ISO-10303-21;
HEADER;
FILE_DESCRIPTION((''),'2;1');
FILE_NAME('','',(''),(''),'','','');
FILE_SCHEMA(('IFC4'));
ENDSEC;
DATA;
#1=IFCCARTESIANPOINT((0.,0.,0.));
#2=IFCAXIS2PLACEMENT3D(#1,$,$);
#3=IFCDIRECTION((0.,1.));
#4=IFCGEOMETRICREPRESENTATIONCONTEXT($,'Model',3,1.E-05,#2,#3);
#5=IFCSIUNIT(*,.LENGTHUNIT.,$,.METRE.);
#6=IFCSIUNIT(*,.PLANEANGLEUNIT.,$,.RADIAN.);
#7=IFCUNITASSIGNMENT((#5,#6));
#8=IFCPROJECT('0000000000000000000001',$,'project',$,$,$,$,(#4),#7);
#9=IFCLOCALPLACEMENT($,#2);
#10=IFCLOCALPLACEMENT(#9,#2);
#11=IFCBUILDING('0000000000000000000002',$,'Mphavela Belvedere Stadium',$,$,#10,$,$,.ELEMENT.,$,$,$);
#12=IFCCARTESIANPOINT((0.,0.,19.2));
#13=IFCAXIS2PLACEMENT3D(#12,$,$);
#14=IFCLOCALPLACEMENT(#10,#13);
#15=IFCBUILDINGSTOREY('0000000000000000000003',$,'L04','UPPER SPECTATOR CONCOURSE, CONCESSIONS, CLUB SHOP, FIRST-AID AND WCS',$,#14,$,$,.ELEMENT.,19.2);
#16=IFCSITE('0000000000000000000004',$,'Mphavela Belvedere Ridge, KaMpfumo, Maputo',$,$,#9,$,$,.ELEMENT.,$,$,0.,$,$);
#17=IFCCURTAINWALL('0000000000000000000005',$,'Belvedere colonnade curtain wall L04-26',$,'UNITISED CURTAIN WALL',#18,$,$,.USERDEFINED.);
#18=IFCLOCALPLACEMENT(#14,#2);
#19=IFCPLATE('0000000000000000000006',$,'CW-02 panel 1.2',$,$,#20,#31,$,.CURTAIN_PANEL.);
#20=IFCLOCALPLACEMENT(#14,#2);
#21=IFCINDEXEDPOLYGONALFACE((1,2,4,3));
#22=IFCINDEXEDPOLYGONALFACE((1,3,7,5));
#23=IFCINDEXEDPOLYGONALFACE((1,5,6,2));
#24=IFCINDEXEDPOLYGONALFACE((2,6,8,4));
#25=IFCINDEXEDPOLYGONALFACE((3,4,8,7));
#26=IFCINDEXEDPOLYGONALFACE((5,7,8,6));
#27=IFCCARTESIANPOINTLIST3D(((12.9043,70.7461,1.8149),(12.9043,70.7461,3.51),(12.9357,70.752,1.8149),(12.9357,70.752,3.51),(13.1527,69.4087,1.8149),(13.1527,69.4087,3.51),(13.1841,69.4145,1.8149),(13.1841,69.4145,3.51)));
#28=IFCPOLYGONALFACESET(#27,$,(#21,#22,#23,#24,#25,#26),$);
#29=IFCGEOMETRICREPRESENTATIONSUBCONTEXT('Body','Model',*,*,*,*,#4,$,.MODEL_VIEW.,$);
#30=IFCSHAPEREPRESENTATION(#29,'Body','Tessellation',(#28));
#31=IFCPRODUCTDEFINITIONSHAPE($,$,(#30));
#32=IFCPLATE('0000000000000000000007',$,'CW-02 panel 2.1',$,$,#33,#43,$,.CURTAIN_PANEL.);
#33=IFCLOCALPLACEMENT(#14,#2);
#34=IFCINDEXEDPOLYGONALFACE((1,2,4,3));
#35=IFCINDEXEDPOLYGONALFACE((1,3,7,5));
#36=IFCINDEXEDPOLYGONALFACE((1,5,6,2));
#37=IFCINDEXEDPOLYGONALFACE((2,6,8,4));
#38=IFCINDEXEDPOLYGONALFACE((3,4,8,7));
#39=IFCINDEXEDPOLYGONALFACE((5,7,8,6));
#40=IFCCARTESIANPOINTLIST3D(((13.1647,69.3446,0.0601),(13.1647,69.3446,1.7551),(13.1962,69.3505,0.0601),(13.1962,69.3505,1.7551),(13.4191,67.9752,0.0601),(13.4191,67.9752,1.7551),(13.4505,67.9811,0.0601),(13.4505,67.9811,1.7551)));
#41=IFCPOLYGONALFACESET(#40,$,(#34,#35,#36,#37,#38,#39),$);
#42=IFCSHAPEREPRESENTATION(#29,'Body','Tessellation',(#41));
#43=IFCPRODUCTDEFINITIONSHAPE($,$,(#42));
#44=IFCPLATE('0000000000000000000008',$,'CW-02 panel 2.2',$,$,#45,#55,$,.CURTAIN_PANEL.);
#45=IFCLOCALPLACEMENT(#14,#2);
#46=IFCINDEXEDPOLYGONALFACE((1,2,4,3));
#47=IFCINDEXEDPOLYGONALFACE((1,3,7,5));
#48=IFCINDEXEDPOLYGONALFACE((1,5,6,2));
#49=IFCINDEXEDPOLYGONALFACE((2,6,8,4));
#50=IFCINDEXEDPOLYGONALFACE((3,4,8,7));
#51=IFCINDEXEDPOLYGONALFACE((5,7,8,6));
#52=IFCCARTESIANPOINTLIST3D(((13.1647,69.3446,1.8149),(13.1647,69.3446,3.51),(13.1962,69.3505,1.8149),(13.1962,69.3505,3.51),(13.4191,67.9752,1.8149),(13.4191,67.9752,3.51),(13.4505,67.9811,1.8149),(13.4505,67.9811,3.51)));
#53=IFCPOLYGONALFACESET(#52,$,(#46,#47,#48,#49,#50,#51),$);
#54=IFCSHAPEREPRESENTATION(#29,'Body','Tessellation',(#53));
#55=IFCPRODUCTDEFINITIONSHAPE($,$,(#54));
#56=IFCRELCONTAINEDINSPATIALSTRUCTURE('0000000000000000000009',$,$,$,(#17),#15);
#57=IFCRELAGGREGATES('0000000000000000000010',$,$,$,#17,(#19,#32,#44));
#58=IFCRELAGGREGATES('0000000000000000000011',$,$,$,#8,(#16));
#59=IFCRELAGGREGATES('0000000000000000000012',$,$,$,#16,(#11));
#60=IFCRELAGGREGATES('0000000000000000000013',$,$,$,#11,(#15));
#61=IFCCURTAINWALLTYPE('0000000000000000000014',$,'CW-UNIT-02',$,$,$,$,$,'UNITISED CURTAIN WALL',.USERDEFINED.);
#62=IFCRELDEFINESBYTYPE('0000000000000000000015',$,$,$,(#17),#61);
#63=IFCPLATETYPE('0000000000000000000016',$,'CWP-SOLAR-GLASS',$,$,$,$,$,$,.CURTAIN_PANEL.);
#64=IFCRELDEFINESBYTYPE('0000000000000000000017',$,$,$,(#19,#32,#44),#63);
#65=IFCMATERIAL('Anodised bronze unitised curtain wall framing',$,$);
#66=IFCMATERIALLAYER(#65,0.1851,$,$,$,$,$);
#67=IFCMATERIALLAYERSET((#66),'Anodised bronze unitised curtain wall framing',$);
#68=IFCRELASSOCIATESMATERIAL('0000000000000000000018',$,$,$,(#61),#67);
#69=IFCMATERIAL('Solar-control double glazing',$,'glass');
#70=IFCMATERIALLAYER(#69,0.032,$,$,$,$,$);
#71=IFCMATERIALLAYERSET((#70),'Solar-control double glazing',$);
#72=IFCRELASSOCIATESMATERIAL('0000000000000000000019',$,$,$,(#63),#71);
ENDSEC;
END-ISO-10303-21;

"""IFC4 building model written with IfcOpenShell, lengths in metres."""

from ifc_helpers import new_model, si_unit, direction, frame, origin, origin_2d, place, context, subcontext, project, spatial, rectangle, extrude, material, layer, layer_set, type_object, element, aggregate, save


model = new_model("IFC4")

# Units and contexts
model_context = context("Model", 3, precision=1e-05, world=origin(), true_north=direction((0.0, 1.0)))
body_context = subcontext(model_context, "Body", "Model", "MODEL_VIEW")
ifc_project = project(units=[si_unit("LENGTHUNIT", "METRE"), si_unit("PLANEANGLEUNIT", "RADIAN")], contexts=[model_context])

# Site, building, storey
site_placement = place(None, origin())
site = spatial("IfcSite", under=ifc_project, at=site_placement, Name="Mphavela Belvedere Ridge, KaMpfumo, Maputo", CompositionType="ELEMENT", RefElevation=0.0)
building_placement = place(site_placement, origin())
building = spatial("IfcBuilding", under=site, at=building_placement, Name="Mphavela Belvedere Stadium", CompositionType="ELEMENT")
storey_placement = place(building_placement, frame((0.0, 0.0, 19.2)))
storey = spatial("IfcBuildingStorey", under=building, at=storey_placement, Name="L04", Description="UPPER SPECTATOR CONCOURSE, CONCESSIONS, CLUB SHOP, FIRST-AID AND WCS", CompositionType="ELEMENT", Elevation=19.2)

# Curtain wall
ifc_material_1 = material(Name="Anodised bronze unitised curtain wall framing")
ifc_layer_1 = layer(ifc_material_1, 0.1851)
ifc_layer_set_1 = layer_set([ifc_layer_1], Name="Anodised bronze unitised curtain wall framing")
curtain_wall_type_1 = type_object("IfcCurtainWallType", Name="CW-UNIT-02", ElementType="UNITISED CURTAIN WALL", PredefinedType="USERDEFINED", material=ifc_layer_set_1)
curtain_wall_1_placement = place(storey_placement, origin())
curtain_wall_1 = element("IfcCurtainWall", 1, at=curtain_wall_1_placement, inside=storey, type_object=curtain_wall_type_1, Name="Belvedere colonnade curtain wall L04-26", ObjectType="UNITISED CURTAIN WALL", PredefinedType="USERDEFINED")

# Plates
ifc_material_2 = material(Name="Solar-control double glazing", Category="glass")
ifc_layer_2 = layer(ifc_material_2, 0.032)
ifc_layer_set_2 = layer_set([ifc_layer_2], Name="Solar-control double glazing")
plate_type = type_object("IfcPlateType", Name="CWP-SOLAR-GLASS", PredefinedType="CURTAIN_PANEL", material=ifc_layer_set_2)
plate_1_placement = place(storey_placement, frame((13.0442, 70.0803, 1.8149), z_axis=(0.0, 0.0, 1.0), x_axis=(0.182618, -0.983184, 0.0)))
plate_1 = element("IfcPlate", 2, at=plate_1_placement, type_object=plate_type, Name="CW-02 panel 1.2", PredefinedType="CURTAIN_PANEL", context=body_context, shape_type="SweptSolid", body=[
    extrude(rectangle(XDim=1.3604, YDim=0.032, at=origin_2d()), origin(), (0.0, 0.0, 1.0), 1.6951),
])
plate_2_placement = place(storey_placement, frame((13.3076, 68.6628, 0.0601), z_axis=(0.0, 0.0, 1.0), x_axis=(0.182618, -0.983184, 0.0)))
plate_2 = element("IfcPlate", 3, at=plate_2_placement, type_object=plate_type, Name="CW-02 panel 2.1", PredefinedType="CURTAIN_PANEL", context=body_context, shape_type="SweptSolid", body=[
    extrude(rectangle(XDim=1.3928, YDim=0.032, at=origin_2d()), origin(), (0.0, 0.0, 1.0), 1.6951),
])
plate_3_placement = place(storey_placement, frame((13.3076, 68.6628, 1.8149), z_axis=(0.0, 0.0, 1.0), x_axis=(0.182618, -0.983184, 0.0)))
plate_3 = element("IfcPlate", 4, at=plate_3_placement, type_object=plate_type, Name="CW-02 panel 2.2", PredefinedType="CURTAIN_PANEL", context=body_context, shape_type="SweptSolid", body=[
    extrude(rectangle(XDim=1.3928, YDim=0.032, at=origin_2d()), origin(), (0.0, 0.0, 1.0), 1.6951),
])
aggregate(curtain_wall_1, [plate_1, plate_2, plate_3])

save(model, "model.ifc")
